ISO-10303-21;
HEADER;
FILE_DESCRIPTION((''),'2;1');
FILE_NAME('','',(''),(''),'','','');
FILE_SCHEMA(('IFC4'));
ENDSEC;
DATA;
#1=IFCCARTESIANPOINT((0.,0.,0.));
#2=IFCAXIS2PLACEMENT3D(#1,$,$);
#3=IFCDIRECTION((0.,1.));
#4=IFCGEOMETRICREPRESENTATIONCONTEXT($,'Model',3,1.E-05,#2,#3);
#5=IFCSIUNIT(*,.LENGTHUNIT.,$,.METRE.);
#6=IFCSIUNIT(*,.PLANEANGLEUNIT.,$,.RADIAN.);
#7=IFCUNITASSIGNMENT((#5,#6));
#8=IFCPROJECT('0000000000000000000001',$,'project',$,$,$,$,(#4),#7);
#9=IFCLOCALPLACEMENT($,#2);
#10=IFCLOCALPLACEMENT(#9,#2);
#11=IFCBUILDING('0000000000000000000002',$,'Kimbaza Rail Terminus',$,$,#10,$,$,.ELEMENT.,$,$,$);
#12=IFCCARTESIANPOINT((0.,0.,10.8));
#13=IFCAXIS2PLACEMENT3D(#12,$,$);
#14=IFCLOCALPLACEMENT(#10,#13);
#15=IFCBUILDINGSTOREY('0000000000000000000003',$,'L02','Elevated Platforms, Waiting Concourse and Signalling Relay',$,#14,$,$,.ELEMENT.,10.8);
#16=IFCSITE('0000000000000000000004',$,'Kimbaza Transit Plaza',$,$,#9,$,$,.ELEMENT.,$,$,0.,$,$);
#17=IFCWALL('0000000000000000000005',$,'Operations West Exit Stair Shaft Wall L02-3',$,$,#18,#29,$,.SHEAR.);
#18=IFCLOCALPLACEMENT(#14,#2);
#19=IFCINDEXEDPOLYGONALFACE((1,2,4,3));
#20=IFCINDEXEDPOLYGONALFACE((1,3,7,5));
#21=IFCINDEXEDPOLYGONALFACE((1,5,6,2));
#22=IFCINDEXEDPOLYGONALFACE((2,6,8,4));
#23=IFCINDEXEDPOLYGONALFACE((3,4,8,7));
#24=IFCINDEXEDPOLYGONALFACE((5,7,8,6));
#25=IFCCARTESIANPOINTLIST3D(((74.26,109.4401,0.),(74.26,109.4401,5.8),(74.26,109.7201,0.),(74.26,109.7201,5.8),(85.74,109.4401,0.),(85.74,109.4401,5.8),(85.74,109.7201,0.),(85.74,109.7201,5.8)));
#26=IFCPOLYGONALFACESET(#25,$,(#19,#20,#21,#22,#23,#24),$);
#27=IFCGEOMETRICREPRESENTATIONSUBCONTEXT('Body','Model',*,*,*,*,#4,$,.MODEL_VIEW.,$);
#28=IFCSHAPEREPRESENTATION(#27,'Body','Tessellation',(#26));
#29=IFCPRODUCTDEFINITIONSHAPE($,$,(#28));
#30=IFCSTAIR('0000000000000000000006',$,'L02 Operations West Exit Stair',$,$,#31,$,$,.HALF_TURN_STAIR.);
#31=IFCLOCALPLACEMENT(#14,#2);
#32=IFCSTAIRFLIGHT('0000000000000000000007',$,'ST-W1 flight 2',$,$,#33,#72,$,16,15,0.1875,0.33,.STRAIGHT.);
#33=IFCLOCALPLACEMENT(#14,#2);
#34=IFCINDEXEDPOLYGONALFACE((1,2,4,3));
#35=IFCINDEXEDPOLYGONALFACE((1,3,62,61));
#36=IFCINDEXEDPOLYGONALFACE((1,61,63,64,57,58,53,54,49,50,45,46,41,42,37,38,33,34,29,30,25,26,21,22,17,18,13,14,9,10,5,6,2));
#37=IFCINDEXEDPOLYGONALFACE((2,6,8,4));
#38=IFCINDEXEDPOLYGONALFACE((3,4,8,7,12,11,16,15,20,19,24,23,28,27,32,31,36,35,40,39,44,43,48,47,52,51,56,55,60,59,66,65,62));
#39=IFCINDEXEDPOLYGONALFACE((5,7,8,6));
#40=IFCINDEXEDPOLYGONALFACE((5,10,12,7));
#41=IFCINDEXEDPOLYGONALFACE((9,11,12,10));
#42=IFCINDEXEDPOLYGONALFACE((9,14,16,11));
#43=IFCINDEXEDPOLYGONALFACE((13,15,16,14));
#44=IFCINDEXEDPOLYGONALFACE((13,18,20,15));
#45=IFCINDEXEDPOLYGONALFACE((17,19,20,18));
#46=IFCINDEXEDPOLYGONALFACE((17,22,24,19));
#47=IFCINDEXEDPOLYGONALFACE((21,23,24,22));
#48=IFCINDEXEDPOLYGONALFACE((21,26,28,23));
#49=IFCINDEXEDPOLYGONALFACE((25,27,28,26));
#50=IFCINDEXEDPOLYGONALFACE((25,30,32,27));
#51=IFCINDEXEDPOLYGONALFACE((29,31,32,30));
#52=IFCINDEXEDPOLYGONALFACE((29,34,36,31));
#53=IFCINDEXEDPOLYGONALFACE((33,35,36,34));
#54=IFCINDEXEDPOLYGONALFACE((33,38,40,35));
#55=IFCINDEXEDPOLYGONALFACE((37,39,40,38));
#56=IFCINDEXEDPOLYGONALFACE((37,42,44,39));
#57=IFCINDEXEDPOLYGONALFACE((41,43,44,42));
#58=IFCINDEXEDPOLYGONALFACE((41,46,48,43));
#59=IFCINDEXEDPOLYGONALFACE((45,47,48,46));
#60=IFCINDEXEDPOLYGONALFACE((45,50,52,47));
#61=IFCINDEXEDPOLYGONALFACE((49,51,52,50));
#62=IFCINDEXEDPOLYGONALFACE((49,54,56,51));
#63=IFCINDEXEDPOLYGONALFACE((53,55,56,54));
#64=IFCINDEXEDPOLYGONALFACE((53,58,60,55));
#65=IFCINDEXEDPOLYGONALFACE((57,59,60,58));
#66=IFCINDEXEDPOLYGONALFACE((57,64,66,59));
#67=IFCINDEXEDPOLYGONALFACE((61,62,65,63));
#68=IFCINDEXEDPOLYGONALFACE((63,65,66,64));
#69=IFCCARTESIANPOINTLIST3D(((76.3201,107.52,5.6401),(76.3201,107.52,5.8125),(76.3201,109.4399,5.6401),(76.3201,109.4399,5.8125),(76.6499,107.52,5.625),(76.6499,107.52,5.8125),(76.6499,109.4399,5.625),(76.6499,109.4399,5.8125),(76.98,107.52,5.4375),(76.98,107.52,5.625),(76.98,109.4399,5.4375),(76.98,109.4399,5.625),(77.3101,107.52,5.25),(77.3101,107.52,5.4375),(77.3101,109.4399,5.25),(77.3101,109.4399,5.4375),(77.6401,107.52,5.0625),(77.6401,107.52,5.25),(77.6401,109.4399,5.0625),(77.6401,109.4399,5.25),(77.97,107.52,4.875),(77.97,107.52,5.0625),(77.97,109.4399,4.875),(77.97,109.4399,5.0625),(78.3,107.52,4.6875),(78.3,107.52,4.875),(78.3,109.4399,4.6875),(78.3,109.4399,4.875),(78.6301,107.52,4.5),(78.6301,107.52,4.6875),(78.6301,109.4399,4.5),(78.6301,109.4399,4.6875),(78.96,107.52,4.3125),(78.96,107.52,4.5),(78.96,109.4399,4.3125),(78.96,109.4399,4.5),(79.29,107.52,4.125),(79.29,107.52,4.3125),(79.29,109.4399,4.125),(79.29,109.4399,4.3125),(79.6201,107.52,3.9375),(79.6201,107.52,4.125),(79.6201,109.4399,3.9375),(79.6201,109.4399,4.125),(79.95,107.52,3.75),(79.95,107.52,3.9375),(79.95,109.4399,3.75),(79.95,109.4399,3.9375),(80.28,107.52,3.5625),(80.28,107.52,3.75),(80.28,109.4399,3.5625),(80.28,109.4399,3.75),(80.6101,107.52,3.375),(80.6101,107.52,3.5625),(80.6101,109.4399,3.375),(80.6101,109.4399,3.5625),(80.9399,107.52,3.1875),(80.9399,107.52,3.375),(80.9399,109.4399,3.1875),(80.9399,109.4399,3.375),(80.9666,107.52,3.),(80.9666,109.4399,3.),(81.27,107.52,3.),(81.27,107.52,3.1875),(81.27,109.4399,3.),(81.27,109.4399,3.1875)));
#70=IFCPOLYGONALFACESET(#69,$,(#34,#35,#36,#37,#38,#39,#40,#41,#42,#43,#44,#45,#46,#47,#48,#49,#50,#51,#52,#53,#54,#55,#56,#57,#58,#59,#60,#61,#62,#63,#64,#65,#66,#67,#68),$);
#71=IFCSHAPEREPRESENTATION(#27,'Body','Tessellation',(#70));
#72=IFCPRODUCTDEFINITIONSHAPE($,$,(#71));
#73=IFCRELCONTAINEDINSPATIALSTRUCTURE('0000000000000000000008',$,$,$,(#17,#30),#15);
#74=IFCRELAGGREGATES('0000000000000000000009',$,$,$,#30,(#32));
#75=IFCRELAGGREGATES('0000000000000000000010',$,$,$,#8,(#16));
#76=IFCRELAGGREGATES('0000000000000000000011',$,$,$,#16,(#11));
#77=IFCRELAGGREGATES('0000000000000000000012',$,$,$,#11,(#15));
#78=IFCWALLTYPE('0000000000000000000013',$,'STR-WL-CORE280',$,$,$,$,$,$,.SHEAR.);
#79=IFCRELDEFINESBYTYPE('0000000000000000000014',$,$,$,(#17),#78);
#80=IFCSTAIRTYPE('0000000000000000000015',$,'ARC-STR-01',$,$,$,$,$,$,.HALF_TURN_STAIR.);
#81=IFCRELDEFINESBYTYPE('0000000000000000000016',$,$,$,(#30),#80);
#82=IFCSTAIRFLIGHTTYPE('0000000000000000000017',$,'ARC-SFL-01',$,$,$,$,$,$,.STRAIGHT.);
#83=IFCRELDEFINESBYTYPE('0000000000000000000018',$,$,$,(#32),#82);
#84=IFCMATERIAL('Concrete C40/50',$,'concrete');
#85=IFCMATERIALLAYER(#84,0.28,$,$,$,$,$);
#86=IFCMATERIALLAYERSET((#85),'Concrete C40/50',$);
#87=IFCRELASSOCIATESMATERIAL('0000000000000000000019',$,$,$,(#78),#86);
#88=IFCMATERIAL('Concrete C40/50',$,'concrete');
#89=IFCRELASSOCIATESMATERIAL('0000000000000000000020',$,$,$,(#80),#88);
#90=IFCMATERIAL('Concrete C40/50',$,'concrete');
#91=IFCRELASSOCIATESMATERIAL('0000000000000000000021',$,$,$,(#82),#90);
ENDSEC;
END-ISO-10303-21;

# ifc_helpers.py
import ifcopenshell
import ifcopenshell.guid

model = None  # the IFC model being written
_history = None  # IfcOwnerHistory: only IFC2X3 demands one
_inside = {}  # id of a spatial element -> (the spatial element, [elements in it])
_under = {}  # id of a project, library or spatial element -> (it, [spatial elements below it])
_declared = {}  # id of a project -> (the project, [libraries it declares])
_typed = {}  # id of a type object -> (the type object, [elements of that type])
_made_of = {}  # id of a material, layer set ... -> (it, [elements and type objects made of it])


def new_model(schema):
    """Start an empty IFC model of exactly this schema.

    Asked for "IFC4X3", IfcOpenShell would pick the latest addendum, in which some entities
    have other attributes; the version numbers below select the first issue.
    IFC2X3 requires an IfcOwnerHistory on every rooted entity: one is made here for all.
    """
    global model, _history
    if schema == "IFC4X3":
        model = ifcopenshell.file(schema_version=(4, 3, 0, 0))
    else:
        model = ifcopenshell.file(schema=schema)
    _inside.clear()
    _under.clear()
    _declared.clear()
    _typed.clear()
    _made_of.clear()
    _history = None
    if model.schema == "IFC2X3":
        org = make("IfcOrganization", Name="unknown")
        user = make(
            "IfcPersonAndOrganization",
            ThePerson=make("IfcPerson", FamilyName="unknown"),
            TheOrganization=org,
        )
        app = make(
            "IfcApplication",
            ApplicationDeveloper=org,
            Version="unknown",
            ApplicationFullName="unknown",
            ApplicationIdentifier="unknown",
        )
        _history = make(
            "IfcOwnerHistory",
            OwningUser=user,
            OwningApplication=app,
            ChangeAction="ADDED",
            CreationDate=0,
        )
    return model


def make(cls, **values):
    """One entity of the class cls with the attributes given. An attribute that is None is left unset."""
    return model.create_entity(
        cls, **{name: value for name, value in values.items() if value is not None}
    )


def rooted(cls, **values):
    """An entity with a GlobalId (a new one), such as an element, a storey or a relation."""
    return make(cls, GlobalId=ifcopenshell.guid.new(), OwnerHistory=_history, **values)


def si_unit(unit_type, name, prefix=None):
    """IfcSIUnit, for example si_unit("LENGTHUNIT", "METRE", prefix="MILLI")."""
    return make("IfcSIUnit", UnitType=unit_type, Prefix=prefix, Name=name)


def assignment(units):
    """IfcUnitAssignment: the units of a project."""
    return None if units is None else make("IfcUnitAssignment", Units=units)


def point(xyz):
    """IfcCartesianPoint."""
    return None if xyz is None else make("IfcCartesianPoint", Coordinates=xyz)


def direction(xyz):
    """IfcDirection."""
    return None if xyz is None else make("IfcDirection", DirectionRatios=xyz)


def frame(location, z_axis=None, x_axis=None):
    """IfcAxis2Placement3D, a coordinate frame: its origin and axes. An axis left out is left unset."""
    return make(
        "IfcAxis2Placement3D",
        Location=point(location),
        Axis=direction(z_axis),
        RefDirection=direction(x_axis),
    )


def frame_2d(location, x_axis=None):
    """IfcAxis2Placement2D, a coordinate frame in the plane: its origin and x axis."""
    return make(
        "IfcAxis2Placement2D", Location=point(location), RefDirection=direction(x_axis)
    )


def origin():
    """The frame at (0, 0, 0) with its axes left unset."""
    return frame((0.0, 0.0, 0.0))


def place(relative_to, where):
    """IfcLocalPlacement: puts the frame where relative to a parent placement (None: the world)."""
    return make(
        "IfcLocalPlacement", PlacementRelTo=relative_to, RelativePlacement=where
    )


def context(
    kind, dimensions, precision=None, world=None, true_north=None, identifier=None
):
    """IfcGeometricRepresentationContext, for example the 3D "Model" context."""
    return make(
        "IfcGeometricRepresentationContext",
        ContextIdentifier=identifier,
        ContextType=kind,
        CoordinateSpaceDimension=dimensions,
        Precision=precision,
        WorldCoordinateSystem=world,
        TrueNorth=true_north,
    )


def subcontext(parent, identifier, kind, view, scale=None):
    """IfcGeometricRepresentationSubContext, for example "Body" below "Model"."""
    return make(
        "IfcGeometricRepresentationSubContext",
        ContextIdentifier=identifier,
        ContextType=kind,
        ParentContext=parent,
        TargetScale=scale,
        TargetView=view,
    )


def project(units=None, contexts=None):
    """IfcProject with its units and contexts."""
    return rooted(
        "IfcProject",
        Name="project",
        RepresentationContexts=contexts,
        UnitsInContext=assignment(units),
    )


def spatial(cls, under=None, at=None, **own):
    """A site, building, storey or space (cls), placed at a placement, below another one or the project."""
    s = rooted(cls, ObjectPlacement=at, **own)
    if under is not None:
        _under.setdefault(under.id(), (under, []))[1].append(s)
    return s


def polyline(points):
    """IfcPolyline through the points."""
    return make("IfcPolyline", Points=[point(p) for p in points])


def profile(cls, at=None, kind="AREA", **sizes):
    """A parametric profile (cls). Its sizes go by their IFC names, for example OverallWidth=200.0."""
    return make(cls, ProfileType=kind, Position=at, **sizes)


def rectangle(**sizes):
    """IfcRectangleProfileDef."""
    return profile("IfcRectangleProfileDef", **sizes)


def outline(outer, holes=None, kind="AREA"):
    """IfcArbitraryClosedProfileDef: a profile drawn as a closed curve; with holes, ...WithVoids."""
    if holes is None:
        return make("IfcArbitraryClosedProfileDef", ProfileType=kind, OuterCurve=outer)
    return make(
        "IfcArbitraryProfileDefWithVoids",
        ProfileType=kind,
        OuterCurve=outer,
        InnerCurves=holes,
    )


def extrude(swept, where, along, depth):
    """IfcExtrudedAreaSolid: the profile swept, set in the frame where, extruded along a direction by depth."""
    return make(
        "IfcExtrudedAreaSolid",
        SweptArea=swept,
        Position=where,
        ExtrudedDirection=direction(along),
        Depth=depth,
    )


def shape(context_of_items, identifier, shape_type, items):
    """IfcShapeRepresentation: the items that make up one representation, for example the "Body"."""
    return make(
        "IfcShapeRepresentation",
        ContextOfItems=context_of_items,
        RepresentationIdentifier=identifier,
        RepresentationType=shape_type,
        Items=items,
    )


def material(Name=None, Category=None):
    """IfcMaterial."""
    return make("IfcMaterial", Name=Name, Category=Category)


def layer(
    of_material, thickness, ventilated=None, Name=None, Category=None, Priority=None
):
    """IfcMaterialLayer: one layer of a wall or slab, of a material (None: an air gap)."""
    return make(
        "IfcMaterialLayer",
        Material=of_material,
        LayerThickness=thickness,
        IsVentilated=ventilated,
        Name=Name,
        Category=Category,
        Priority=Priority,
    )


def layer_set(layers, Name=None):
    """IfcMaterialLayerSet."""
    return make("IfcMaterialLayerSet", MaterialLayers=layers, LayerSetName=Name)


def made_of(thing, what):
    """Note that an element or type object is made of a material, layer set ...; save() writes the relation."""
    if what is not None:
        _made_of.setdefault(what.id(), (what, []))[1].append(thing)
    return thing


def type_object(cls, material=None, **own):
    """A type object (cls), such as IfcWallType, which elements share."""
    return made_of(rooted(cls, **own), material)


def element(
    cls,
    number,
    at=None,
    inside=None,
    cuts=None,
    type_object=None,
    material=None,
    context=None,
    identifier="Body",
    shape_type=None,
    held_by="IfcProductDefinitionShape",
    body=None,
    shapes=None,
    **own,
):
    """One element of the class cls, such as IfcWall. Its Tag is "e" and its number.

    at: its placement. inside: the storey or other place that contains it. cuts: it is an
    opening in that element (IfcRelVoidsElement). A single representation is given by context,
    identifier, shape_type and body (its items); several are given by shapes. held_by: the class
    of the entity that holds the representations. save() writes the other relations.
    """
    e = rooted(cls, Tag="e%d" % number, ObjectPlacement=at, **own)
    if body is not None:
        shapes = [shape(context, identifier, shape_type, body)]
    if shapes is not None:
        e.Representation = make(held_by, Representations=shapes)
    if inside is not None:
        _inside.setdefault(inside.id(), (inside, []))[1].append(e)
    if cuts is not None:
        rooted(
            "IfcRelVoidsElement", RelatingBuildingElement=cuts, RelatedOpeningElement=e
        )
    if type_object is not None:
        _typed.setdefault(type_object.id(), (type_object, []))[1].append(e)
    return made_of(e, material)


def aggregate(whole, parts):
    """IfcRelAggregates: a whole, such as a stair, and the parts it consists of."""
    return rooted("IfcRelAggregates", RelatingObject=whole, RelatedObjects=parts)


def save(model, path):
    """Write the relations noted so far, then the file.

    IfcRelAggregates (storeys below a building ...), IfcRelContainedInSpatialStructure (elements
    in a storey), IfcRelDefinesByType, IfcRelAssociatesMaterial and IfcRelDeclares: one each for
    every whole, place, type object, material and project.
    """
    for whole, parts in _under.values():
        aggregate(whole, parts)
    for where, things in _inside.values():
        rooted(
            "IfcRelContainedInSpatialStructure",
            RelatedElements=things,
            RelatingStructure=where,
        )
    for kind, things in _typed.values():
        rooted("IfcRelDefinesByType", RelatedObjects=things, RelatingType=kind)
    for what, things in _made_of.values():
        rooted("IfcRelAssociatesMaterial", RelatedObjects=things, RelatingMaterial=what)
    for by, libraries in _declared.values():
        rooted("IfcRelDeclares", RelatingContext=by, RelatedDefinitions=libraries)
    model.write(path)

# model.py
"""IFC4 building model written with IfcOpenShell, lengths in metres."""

from ifc_helpers import new_model, si_unit, direction, frame, frame_2d, origin, place, context, subcontext, project, spatial, polyline, rectangle, outline, extrude, material, layer, layer_set, type_object, element, aggregate, save


model = new_model("IFC4")

# Units and contexts
model_context = context("Model", 3, precision=1e-05, world=origin(), true_north=direction((0.0, 1.0)))
body_context = subcontext(model_context, "Body", "Model", "MODEL_VIEW")
ifc_project = project(units=[si_unit("LENGTHUNIT", "METRE"), si_unit("PLANEANGLEUNIT", "RADIAN")], contexts=[model_context])

# Site, building, storey
site_placement = place(None, origin())
site = spatial("IfcSite", under=ifc_project, at=site_placement, Name="Kimbaza Transit Plaza", CompositionType="ELEMENT", RefElevation=0.0)
building_placement = place(site_placement, origin())
building = spatial("IfcBuilding", under=site, at=building_placement, Name="Kimbaza Rail Terminus", CompositionType="ELEMENT")
storey_placement = place(building_placement, frame((0.0, 0.0, 10.8)))
storey = spatial("IfcBuildingStorey", under=building, at=storey_placement, Name="L02", Description="Elevated Platforms, Waiting Concourse and Signalling Relay", CompositionType="ELEMENT", Elevation=10.8)

# Wall
ifc_material_1 = material(Name="Concrete C40/50", Category="concrete")
ifc_layer_1 = layer(ifc_material_1, 0.28)
ifc_layer_set_1 = layer_set([ifc_layer_1], Name="Concrete C40/50")
wall_type_1 = type_object("IfcWallType", Name="STR-WL-CORE280", PredefinedType="SHEAR", material=ifc_layer_set_1)
wall_1_placement = place(storey_placement, frame((85.74, 109.5801, 0.0), z_axis=(0.0, 0.0, 1.0), x_axis=(-1.0, 0.0, 0.0)))
element("IfcWall", 1, at=wall_1_placement, inside=storey, type_object=wall_type_1, Name="Operations West Exit Stair Shaft Wall L02-3", PredefinedType="SHEAR", context=body_context, shape_type="SweptSolid", body=[
    extrude(rectangle(XDim=11.48, YDim=0.28, at=frame_2d((5.74, 0.0))), origin(), (0.0, 0.0, 1.0), 5.8),
])

# Stair, stair flight
ifc_material_2 = material(Name="Concrete C40/50", Category="concrete")
stair_type = type_object("IfcStairType", Name="ARC-STR-01", PredefinedType="HALF_TURN_STAIR", material=ifc_material_2)
stair_placement = place(storey_placement, origin())
stair = element("IfcStair", 2, at=stair_placement, inside=storey, type_object=stair_type, Name="L02 Operations West Exit Stair", PredefinedType="HALF_TURN_STAIR")
ifc_material_3 = material(Name="Concrete C40/50", Category="concrete")
stair_flight_type = type_object("IfcStairFlightType", Name="ARC-SFL-01", PredefinedType="STRAIGHT", material=ifc_material_3)
stair_flight_placement = place(storey_placement, frame((81.27, 108.48, 3.0), z_axis=(0.0, 0.0, 1.0), x_axis=(-1.0, 0.0, 0.0)))
stair_flight = element("IfcStairFlight", 3, at=stair_flight_placement, type_object=stair_flight_type, Name="ST-W1 flight 2", NumberOfRisers=16, NumberOfTreads=15, PredefinedType="STRAIGHT", RiserHeight=0.1875, TreadLength=0.33, context=body_context, shape_type="SweptSolid", body=[
    extrude(outline(polyline([(0.0, 0.0), (0.0, 0.1875), (0.3301, 0.1875), (0.3301, 0.375), (0.6599, 0.375), (0.6599, 0.5625), (0.99, 0.5625), (0.99, 0.75), (1.3201, 0.75), (1.3201, 0.9375), (1.6499, 0.9375), (1.6499, 1.125), (1.98, 1.125), (1.98, 1.3125), (2.3101, 1.3125), (2.3101, 1.5), (2.6399, 1.5), (2.6399, 1.6875), (2.97, 1.6875), (2.97, 1.875), (3.3, 1.875), (3.3, 2.0625), (3.6299, 2.0625), (3.6299, 2.25), (3.96, 2.25), (3.96, 2.4375), (4.29, 2.4375), (4.29, 2.625), (4.6201, 2.625), (4.6201, 2.8125), (4.95, 2.8125), (4.95, 3.0), (4.95, 2.6401), (0.3035, 0.0), (0.0, 0.0)])), frame((0.0, 0.96, 0.0), z_axis=(0.0, -1.0, 0.0), x_axis=(1.0, 0.0, 0.0)), (0.0, 0.0, 1.0), 1.9199),
])
aggregate(stair, [stair_flight])

save(model, "model.ifc")
